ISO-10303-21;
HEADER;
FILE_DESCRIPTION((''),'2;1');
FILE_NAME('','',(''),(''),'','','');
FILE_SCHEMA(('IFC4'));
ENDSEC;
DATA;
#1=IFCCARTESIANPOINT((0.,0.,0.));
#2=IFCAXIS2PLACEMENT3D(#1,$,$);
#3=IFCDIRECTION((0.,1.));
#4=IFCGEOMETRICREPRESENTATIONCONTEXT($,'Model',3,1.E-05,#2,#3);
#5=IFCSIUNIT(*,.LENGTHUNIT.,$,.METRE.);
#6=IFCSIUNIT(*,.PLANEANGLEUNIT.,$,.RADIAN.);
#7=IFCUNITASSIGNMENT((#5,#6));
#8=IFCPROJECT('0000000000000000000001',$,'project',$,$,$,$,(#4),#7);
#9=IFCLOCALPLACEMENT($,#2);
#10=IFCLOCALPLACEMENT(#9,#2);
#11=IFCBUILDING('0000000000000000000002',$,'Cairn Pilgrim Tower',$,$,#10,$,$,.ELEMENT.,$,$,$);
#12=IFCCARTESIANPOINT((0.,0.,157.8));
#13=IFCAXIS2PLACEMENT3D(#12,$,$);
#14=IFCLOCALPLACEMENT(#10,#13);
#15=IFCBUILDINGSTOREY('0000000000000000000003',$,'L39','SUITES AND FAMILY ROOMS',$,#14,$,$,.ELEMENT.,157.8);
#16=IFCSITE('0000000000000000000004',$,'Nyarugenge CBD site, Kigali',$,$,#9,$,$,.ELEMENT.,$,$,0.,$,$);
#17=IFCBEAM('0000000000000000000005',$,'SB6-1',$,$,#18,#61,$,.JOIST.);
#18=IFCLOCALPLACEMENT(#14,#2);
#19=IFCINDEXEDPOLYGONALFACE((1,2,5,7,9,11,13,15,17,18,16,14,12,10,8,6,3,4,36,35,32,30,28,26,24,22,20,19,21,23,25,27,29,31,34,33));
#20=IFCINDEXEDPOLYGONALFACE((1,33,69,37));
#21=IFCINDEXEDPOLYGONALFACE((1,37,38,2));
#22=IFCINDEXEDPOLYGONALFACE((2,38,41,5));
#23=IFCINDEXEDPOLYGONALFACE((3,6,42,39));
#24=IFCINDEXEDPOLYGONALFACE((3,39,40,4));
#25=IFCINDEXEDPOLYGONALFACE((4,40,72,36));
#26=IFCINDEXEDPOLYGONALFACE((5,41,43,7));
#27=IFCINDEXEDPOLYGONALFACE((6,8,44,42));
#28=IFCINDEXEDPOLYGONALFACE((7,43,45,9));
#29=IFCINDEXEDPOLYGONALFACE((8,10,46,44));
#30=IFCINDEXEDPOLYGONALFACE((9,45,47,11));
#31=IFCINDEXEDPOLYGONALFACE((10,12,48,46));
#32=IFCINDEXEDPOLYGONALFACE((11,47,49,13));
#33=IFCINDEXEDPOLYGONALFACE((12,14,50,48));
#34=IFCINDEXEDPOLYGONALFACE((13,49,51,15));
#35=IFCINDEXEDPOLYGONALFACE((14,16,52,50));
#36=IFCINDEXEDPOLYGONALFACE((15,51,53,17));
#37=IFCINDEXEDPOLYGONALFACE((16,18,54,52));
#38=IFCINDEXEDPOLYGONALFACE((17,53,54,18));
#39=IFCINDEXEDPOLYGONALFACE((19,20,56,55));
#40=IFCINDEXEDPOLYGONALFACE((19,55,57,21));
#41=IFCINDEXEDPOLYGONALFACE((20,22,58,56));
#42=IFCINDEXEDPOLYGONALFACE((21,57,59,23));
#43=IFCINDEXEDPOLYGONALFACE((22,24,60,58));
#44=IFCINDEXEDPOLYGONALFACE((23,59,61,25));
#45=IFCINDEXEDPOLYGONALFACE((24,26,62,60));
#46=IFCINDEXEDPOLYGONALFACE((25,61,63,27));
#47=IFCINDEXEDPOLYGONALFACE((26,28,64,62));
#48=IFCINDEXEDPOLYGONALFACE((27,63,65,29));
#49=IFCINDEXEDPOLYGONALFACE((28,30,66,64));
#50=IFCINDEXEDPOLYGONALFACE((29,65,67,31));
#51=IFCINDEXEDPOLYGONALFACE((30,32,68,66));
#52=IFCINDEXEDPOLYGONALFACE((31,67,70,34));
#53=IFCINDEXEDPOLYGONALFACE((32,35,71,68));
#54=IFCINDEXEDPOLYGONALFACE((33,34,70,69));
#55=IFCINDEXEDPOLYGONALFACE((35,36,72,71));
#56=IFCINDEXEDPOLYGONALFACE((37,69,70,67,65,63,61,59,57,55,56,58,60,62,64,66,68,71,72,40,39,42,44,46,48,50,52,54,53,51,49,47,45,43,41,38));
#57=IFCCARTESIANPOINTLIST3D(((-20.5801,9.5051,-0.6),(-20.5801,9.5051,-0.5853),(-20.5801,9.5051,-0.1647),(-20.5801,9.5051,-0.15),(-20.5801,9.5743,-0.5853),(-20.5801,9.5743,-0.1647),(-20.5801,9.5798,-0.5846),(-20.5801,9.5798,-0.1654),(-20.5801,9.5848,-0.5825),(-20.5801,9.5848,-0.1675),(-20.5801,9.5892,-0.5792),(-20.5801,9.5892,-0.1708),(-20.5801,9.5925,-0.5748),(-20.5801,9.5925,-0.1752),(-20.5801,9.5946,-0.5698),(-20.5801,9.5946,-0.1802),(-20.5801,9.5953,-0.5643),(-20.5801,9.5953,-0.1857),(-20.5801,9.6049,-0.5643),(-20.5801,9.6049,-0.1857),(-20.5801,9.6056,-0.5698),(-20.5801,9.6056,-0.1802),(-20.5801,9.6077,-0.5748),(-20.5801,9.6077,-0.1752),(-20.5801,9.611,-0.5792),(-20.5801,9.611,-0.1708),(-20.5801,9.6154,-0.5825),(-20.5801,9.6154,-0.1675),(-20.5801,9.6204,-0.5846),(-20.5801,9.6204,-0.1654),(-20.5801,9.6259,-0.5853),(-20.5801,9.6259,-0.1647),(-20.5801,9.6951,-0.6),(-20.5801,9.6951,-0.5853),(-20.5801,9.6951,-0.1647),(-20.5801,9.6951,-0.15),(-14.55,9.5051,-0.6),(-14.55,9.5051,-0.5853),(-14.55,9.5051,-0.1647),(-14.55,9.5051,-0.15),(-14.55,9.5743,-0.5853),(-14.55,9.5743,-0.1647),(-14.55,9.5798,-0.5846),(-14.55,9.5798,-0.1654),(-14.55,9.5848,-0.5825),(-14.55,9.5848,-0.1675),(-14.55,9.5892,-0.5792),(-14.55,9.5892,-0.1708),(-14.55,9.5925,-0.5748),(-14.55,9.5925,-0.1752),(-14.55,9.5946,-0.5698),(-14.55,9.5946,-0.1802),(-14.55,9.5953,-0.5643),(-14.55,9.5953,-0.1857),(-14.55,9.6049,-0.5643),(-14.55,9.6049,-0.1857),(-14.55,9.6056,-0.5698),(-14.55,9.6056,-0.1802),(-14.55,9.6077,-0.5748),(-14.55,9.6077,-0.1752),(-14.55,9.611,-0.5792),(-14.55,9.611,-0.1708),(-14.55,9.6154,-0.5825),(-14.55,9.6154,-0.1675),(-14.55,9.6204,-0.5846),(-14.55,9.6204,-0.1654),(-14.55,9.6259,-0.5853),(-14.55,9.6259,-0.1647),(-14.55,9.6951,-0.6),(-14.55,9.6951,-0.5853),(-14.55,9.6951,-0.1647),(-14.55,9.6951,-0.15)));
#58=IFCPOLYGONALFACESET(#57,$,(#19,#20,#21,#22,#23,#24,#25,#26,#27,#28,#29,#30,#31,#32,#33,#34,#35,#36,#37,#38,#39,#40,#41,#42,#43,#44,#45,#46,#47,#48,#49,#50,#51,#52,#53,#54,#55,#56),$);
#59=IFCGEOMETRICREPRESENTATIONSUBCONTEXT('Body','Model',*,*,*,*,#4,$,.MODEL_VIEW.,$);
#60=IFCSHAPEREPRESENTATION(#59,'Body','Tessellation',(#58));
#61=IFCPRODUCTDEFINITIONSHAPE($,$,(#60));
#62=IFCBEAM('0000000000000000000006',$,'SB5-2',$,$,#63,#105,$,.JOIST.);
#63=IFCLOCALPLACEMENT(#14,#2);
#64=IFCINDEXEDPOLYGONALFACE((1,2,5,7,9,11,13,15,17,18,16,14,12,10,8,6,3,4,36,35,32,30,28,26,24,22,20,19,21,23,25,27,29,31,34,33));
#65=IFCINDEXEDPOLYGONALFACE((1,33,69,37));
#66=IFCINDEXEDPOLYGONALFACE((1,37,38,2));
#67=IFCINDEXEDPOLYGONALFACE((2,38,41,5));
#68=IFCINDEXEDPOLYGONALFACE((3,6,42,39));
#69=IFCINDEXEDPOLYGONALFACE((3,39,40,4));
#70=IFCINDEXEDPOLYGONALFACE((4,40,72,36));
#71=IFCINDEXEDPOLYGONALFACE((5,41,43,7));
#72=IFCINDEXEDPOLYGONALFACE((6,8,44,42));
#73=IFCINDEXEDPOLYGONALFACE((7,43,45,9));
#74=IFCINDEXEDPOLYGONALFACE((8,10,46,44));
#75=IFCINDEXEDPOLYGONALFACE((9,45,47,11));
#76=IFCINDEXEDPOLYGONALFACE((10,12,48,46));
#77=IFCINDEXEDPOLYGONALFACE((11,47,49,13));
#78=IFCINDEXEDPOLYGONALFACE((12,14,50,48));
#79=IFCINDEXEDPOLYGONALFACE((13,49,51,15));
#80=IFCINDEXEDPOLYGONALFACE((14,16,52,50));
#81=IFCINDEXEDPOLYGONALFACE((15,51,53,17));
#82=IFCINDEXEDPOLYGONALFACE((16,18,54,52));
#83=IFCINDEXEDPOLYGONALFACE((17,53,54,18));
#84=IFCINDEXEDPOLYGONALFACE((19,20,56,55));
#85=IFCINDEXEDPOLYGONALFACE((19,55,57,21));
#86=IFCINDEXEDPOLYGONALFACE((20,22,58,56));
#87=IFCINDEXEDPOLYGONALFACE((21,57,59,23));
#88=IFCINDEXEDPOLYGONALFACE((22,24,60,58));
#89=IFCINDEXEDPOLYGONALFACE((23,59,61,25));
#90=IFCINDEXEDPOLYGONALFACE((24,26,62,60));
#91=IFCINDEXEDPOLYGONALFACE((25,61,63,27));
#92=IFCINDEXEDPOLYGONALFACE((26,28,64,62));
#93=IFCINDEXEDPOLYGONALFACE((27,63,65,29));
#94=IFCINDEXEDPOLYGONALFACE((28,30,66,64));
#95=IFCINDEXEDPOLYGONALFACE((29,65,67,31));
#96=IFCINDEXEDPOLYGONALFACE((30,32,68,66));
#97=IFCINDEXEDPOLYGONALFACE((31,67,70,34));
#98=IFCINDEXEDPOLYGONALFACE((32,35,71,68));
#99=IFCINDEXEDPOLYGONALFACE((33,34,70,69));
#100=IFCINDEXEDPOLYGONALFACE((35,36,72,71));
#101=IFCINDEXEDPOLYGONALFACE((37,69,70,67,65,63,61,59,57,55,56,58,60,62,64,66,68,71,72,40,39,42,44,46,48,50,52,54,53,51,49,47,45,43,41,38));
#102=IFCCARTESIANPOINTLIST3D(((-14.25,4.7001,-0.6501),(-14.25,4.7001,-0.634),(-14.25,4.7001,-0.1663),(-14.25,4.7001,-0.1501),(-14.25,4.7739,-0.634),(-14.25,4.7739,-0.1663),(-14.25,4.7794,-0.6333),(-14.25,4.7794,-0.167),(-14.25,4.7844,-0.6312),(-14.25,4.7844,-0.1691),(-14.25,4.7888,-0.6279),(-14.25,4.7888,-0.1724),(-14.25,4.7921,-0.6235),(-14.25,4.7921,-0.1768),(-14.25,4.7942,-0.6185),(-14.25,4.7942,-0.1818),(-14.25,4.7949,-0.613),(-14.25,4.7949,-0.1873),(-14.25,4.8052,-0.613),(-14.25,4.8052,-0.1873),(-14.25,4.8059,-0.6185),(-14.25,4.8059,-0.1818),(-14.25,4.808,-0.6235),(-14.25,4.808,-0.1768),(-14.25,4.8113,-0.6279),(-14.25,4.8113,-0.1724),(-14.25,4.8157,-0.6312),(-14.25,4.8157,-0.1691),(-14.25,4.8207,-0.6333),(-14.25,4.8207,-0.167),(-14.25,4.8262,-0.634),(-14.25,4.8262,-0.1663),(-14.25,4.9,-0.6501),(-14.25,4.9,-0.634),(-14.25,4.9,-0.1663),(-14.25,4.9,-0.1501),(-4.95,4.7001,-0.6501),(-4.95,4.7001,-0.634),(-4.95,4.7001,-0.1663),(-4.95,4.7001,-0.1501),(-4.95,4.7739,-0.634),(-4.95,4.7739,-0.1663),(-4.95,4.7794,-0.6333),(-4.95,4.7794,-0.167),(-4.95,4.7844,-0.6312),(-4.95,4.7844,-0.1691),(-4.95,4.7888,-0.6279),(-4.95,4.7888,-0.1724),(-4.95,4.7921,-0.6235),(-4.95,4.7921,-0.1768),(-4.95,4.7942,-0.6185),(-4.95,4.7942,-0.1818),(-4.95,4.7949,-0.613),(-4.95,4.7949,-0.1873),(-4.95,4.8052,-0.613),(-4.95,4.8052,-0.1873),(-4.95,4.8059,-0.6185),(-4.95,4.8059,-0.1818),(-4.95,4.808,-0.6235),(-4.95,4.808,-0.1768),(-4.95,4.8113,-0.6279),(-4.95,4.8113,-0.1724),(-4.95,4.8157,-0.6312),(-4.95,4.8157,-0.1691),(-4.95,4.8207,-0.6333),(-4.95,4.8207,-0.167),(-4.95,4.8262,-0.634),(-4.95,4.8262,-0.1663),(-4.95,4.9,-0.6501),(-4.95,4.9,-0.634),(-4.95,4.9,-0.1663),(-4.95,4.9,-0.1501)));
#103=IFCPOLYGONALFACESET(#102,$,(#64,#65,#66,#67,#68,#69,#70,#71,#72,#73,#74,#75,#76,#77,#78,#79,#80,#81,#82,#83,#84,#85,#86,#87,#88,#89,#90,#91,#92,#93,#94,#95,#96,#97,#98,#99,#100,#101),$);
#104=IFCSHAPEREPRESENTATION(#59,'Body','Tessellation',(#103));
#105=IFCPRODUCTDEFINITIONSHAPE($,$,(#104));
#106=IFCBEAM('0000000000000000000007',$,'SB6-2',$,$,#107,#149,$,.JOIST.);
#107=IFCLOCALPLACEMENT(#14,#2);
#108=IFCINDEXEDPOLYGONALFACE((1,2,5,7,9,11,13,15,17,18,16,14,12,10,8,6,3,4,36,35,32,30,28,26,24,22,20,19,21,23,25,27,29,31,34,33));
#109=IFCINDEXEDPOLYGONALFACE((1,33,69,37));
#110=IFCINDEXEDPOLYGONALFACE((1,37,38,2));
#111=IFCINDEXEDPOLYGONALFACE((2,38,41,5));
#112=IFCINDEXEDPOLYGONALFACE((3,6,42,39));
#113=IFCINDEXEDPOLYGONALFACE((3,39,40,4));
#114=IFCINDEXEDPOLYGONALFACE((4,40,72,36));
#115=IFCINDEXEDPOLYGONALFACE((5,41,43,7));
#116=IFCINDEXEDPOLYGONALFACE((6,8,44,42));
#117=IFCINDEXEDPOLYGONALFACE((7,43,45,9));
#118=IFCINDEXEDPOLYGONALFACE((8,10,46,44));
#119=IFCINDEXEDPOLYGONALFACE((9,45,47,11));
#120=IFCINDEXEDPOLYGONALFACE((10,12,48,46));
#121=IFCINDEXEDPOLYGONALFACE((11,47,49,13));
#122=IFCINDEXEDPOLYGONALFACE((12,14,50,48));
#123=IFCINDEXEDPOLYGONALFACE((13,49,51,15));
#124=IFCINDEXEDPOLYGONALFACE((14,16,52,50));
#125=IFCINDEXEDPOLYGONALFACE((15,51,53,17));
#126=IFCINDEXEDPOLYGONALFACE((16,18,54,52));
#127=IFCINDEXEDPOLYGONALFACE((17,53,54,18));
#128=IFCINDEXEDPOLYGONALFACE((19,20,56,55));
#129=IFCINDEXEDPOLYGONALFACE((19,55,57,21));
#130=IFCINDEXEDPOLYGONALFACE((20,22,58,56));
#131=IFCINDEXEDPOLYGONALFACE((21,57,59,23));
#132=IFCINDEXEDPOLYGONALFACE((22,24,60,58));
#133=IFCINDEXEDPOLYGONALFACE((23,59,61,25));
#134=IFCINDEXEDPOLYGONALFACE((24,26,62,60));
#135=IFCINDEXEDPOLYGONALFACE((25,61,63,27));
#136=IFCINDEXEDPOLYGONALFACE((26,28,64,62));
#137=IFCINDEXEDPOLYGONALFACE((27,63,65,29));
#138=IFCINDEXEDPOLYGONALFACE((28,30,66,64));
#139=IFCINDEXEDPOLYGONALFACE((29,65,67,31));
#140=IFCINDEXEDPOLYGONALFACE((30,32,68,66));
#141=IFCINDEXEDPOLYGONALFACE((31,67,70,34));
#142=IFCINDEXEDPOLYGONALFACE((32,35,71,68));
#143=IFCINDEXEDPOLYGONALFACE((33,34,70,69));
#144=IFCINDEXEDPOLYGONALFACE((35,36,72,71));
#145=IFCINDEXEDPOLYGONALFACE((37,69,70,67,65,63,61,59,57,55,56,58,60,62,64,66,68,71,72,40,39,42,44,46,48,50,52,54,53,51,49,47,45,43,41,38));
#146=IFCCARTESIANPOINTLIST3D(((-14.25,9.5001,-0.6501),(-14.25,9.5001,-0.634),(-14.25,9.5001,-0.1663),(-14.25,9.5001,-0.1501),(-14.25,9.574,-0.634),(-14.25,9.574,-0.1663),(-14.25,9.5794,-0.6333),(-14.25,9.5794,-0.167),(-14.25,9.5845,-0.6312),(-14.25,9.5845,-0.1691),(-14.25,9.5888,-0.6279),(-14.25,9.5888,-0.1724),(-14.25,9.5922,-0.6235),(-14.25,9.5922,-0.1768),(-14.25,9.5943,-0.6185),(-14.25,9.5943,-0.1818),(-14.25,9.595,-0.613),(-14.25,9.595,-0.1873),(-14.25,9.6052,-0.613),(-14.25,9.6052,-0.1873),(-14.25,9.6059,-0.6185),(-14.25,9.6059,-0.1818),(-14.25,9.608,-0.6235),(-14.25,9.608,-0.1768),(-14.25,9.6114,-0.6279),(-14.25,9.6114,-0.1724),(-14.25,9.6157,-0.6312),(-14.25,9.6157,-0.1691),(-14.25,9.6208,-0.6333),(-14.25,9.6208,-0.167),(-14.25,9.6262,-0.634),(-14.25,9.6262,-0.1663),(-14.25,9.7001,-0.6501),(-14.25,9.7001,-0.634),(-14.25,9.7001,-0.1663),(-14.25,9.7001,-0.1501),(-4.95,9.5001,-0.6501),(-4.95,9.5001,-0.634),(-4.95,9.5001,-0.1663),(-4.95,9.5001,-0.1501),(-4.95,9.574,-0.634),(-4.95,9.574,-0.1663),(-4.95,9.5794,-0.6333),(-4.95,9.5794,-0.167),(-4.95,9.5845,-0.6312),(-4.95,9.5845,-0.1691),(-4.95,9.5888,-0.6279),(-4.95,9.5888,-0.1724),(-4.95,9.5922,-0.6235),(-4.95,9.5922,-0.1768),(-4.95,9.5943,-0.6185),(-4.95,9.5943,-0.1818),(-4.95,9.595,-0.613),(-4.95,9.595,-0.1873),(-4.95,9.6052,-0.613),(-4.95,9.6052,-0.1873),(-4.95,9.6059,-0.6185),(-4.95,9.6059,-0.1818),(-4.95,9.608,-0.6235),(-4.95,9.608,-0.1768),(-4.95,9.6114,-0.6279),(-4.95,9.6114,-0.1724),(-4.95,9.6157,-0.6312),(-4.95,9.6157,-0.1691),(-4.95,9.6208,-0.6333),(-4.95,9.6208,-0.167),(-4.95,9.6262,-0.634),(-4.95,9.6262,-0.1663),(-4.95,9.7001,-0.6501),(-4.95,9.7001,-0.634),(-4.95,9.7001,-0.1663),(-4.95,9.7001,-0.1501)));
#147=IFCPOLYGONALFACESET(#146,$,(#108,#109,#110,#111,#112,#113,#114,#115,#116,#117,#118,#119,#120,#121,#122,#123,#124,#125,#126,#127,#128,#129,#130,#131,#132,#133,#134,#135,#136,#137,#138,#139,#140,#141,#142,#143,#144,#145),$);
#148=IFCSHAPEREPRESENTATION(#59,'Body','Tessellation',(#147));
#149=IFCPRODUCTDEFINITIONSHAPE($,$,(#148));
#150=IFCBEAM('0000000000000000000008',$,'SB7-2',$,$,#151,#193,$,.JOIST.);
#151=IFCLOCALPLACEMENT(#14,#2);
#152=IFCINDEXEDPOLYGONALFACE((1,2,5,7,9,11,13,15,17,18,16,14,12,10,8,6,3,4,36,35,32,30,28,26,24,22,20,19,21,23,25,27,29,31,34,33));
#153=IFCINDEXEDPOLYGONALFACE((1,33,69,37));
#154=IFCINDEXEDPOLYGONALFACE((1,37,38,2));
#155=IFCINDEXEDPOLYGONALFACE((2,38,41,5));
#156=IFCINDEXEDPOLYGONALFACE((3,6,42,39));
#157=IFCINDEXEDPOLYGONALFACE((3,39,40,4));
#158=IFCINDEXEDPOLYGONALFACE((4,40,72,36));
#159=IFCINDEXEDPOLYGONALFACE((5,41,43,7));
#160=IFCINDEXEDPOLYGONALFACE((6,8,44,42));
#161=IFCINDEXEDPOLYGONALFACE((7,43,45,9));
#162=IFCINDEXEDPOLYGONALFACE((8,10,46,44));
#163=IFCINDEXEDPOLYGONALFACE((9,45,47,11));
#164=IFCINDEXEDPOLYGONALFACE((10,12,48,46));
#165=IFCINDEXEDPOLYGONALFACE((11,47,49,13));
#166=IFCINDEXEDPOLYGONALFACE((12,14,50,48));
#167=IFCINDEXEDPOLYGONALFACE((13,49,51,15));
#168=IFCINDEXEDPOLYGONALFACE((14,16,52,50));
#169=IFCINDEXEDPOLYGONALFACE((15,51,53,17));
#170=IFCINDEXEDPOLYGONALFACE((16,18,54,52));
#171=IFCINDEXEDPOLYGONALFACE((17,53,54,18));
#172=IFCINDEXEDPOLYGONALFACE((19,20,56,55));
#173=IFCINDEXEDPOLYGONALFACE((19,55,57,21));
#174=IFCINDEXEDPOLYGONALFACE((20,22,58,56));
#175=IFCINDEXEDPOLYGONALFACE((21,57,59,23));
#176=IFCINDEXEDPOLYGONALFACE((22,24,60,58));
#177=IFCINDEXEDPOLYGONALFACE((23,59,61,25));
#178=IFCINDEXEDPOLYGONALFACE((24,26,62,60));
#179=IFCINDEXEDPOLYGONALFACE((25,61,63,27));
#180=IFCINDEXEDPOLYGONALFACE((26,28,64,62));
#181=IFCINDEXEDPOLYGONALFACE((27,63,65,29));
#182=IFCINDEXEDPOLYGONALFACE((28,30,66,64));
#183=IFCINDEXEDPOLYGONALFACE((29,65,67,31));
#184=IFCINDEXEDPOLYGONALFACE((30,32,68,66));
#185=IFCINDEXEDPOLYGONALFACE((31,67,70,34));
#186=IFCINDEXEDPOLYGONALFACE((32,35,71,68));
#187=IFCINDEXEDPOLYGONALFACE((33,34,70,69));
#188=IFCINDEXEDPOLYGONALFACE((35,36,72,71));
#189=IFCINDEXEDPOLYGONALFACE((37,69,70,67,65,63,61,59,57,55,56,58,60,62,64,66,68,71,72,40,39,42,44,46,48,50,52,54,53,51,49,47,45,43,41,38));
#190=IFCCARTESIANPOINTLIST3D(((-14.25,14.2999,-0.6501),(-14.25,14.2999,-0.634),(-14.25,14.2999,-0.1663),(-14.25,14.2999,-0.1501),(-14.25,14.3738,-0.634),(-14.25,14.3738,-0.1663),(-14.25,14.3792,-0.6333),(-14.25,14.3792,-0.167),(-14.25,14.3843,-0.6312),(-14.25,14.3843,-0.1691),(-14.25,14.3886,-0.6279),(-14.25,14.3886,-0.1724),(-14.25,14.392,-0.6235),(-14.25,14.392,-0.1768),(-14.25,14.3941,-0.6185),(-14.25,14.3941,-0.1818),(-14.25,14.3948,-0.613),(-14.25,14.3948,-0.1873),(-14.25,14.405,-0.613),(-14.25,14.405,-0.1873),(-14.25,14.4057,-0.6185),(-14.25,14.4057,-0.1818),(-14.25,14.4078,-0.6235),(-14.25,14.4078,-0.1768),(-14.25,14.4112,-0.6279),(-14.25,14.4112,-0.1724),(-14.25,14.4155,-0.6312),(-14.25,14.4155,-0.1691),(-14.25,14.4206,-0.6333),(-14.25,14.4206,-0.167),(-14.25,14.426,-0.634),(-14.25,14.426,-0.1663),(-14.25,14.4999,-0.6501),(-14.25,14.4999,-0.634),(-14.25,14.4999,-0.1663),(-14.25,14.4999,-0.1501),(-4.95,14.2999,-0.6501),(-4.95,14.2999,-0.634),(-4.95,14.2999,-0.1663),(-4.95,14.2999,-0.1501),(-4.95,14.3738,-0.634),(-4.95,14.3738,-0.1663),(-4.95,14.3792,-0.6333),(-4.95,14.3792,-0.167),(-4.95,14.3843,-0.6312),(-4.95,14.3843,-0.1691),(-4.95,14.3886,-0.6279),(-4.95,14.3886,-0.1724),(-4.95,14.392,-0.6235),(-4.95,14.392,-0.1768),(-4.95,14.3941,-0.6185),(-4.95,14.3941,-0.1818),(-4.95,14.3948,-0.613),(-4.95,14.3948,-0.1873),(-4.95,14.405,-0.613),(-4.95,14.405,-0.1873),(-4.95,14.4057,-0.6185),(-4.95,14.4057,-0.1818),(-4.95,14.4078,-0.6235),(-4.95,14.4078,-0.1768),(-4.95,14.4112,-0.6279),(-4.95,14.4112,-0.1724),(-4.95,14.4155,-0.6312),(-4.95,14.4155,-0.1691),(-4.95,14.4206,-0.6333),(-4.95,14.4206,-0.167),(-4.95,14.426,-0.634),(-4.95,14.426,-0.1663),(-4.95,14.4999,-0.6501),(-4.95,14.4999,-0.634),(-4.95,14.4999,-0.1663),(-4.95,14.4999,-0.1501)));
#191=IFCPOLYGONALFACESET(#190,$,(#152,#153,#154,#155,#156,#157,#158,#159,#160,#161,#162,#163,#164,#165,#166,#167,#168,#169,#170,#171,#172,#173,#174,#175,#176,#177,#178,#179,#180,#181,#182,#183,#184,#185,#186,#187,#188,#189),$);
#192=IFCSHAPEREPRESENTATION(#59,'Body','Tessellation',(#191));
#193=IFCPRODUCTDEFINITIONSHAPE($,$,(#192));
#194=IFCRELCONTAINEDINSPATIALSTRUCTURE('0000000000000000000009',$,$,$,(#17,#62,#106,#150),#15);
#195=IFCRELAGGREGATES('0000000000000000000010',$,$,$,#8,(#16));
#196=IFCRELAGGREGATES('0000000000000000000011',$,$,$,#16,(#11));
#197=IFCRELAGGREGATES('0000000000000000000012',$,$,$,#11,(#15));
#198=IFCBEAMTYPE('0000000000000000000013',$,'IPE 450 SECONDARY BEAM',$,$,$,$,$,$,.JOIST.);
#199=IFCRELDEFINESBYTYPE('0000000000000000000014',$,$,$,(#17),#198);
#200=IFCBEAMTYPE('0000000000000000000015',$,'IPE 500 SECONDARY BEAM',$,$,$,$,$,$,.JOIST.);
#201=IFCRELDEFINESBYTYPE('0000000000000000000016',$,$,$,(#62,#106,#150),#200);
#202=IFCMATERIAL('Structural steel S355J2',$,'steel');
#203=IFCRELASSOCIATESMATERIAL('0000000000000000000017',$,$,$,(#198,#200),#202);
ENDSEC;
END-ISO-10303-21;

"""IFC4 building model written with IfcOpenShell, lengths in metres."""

from ifc_helpers import new_model, si_unit, direction, frame, origin, origin_2d, place, context, subcontext, project, spatial, i_section, extrude, material, material_profile, profile_set, type_object, element, save


model = new_model("IFC4")

# Units and contexts
model_context = context("Model", 3, precision=1e-05, world=origin(), true_north=direction((0.0, 1.0)))
body_context = subcontext(model_context, "Body", "Model", "MODEL_VIEW")
ifc_project = project(units=[si_unit("LENGTHUNIT", "METRE"), si_unit("PLANEANGLEUNIT", "RADIAN")], contexts=[model_context])

# Site, building, storey
site_placement = place(None, origin())
site = spatial("IfcSite", under=ifc_project, at=site_placement, Name="Nyarugenge CBD site, Kigali", CompositionType="ELEMENT", RefElevation=0.0)
building_placement = place(site_placement, origin())
building = spatial("IfcBuilding", under=site, at=building_placement, Name="Cairn Pilgrim Tower", CompositionType="ELEMENT")
storey_placement = place(building_placement, frame((0.0, 0.0, 157.8)))
storey = spatial("IfcBuildingStorey", under=building, at=storey_placement, Name="L39", Description="SUITES AND FAMILY ROOMS", CompositionType="ELEMENT", Elevation=157.8)

# Shared definitions
ifc_material_1 = material(Name="Structural steel S355J2", Category="steel")

# Beams
ifc_material_profile_1 = material_profile(ifc_material_1, i_section(OverallWidth=0.1899, OverallDepth=0.45, WebThickness=0.0095, FlangeThickness=0.0146, FilletRadius=0.021, at=origin_2d()), Name="IPE 450")
ifc_profile_set_1 = profile_set([ifc_material_profile_1], Name="Structural steel S355J2")
beam_type_1 = type_object("IfcBeamType", Name="IPE 450 SECONDARY BEAM", PredefinedType="JOIST", material=ifc_profile_set_1)
for number, where, z_axis, x_axis, name in (
    (1, (-20.5801, 9.6001, -0.375), (1.0, 0.0, 0.0), (0.0, 1.0, 0.0), "SB6-1"),
):
    element("IfcBeam", number, at=place(storey_placement, frame(where, z_axis=z_axis, x_axis=x_axis)), inside=storey, type_object=beam_type_1, Name=name, PredefinedType="JOIST", context=body_context, shape_type="SweptSolid", body=[
        extrude(i_section(OverallWidth=0.1899, OverallDepth=0.45, WebThickness=0.0095, FlangeThickness=0.0146, FilletRadius=0.021, at=origin_2d()), origin(), (0.0, 0.0, 1.0), 6.03),
    ])
ifc_material_profile_2 = material_profile(ifc_material_1, i_section(OverallWidth=0.2, OverallDepth=0.5, WebThickness=0.0103, FlangeThickness=0.0161, FilletRadius=0.021, at=origin_2d()), Name="IPE 500")
ifc_profile_set_2 = profile_set([ifc_material_profile_2], Name="Structural steel S355J2")
beam_type_2 = type_object("IfcBeamType", Name="IPE 500 SECONDARY BEAM", PredefinedType="JOIST", material=ifc_profile_set_2)
for number, where, z_axis, x_axis, name in (
    (2, (-14.25, 4.8, -0.4001), (1.0, 0.0, 0.0), (0.0, 1.0, 0.0), "SB5-2"),
    (3, (-14.25, 9.6001, -0.4001), (1.0, 0.0, 0.0), (0.0, 1.0, 0.0), "SB6-2"),
    (4, (-14.25, 14.3999, -0.4001), (1.0, 0.0, 0.0), (0.0, 1.0, 0.0), "SB7-2"),
):
    element("IfcBeam", number, at=place(storey_placement, frame(where, z_axis=z_axis, x_axis=x_axis)), inside=storey, type_object=beam_type_2, Name=name, PredefinedType="JOIST", context=body_context, shape_type="SweptSolid", body=[
        extrude(i_section(OverallWidth=0.2, OverallDepth=0.5, WebThickness=0.0103, FlangeThickness=0.0161, FilletRadius=0.021, at=origin_2d()), origin(), (0.0, 0.0, 1.0), 9.3),
    ])

save(model, "model.ifc")
